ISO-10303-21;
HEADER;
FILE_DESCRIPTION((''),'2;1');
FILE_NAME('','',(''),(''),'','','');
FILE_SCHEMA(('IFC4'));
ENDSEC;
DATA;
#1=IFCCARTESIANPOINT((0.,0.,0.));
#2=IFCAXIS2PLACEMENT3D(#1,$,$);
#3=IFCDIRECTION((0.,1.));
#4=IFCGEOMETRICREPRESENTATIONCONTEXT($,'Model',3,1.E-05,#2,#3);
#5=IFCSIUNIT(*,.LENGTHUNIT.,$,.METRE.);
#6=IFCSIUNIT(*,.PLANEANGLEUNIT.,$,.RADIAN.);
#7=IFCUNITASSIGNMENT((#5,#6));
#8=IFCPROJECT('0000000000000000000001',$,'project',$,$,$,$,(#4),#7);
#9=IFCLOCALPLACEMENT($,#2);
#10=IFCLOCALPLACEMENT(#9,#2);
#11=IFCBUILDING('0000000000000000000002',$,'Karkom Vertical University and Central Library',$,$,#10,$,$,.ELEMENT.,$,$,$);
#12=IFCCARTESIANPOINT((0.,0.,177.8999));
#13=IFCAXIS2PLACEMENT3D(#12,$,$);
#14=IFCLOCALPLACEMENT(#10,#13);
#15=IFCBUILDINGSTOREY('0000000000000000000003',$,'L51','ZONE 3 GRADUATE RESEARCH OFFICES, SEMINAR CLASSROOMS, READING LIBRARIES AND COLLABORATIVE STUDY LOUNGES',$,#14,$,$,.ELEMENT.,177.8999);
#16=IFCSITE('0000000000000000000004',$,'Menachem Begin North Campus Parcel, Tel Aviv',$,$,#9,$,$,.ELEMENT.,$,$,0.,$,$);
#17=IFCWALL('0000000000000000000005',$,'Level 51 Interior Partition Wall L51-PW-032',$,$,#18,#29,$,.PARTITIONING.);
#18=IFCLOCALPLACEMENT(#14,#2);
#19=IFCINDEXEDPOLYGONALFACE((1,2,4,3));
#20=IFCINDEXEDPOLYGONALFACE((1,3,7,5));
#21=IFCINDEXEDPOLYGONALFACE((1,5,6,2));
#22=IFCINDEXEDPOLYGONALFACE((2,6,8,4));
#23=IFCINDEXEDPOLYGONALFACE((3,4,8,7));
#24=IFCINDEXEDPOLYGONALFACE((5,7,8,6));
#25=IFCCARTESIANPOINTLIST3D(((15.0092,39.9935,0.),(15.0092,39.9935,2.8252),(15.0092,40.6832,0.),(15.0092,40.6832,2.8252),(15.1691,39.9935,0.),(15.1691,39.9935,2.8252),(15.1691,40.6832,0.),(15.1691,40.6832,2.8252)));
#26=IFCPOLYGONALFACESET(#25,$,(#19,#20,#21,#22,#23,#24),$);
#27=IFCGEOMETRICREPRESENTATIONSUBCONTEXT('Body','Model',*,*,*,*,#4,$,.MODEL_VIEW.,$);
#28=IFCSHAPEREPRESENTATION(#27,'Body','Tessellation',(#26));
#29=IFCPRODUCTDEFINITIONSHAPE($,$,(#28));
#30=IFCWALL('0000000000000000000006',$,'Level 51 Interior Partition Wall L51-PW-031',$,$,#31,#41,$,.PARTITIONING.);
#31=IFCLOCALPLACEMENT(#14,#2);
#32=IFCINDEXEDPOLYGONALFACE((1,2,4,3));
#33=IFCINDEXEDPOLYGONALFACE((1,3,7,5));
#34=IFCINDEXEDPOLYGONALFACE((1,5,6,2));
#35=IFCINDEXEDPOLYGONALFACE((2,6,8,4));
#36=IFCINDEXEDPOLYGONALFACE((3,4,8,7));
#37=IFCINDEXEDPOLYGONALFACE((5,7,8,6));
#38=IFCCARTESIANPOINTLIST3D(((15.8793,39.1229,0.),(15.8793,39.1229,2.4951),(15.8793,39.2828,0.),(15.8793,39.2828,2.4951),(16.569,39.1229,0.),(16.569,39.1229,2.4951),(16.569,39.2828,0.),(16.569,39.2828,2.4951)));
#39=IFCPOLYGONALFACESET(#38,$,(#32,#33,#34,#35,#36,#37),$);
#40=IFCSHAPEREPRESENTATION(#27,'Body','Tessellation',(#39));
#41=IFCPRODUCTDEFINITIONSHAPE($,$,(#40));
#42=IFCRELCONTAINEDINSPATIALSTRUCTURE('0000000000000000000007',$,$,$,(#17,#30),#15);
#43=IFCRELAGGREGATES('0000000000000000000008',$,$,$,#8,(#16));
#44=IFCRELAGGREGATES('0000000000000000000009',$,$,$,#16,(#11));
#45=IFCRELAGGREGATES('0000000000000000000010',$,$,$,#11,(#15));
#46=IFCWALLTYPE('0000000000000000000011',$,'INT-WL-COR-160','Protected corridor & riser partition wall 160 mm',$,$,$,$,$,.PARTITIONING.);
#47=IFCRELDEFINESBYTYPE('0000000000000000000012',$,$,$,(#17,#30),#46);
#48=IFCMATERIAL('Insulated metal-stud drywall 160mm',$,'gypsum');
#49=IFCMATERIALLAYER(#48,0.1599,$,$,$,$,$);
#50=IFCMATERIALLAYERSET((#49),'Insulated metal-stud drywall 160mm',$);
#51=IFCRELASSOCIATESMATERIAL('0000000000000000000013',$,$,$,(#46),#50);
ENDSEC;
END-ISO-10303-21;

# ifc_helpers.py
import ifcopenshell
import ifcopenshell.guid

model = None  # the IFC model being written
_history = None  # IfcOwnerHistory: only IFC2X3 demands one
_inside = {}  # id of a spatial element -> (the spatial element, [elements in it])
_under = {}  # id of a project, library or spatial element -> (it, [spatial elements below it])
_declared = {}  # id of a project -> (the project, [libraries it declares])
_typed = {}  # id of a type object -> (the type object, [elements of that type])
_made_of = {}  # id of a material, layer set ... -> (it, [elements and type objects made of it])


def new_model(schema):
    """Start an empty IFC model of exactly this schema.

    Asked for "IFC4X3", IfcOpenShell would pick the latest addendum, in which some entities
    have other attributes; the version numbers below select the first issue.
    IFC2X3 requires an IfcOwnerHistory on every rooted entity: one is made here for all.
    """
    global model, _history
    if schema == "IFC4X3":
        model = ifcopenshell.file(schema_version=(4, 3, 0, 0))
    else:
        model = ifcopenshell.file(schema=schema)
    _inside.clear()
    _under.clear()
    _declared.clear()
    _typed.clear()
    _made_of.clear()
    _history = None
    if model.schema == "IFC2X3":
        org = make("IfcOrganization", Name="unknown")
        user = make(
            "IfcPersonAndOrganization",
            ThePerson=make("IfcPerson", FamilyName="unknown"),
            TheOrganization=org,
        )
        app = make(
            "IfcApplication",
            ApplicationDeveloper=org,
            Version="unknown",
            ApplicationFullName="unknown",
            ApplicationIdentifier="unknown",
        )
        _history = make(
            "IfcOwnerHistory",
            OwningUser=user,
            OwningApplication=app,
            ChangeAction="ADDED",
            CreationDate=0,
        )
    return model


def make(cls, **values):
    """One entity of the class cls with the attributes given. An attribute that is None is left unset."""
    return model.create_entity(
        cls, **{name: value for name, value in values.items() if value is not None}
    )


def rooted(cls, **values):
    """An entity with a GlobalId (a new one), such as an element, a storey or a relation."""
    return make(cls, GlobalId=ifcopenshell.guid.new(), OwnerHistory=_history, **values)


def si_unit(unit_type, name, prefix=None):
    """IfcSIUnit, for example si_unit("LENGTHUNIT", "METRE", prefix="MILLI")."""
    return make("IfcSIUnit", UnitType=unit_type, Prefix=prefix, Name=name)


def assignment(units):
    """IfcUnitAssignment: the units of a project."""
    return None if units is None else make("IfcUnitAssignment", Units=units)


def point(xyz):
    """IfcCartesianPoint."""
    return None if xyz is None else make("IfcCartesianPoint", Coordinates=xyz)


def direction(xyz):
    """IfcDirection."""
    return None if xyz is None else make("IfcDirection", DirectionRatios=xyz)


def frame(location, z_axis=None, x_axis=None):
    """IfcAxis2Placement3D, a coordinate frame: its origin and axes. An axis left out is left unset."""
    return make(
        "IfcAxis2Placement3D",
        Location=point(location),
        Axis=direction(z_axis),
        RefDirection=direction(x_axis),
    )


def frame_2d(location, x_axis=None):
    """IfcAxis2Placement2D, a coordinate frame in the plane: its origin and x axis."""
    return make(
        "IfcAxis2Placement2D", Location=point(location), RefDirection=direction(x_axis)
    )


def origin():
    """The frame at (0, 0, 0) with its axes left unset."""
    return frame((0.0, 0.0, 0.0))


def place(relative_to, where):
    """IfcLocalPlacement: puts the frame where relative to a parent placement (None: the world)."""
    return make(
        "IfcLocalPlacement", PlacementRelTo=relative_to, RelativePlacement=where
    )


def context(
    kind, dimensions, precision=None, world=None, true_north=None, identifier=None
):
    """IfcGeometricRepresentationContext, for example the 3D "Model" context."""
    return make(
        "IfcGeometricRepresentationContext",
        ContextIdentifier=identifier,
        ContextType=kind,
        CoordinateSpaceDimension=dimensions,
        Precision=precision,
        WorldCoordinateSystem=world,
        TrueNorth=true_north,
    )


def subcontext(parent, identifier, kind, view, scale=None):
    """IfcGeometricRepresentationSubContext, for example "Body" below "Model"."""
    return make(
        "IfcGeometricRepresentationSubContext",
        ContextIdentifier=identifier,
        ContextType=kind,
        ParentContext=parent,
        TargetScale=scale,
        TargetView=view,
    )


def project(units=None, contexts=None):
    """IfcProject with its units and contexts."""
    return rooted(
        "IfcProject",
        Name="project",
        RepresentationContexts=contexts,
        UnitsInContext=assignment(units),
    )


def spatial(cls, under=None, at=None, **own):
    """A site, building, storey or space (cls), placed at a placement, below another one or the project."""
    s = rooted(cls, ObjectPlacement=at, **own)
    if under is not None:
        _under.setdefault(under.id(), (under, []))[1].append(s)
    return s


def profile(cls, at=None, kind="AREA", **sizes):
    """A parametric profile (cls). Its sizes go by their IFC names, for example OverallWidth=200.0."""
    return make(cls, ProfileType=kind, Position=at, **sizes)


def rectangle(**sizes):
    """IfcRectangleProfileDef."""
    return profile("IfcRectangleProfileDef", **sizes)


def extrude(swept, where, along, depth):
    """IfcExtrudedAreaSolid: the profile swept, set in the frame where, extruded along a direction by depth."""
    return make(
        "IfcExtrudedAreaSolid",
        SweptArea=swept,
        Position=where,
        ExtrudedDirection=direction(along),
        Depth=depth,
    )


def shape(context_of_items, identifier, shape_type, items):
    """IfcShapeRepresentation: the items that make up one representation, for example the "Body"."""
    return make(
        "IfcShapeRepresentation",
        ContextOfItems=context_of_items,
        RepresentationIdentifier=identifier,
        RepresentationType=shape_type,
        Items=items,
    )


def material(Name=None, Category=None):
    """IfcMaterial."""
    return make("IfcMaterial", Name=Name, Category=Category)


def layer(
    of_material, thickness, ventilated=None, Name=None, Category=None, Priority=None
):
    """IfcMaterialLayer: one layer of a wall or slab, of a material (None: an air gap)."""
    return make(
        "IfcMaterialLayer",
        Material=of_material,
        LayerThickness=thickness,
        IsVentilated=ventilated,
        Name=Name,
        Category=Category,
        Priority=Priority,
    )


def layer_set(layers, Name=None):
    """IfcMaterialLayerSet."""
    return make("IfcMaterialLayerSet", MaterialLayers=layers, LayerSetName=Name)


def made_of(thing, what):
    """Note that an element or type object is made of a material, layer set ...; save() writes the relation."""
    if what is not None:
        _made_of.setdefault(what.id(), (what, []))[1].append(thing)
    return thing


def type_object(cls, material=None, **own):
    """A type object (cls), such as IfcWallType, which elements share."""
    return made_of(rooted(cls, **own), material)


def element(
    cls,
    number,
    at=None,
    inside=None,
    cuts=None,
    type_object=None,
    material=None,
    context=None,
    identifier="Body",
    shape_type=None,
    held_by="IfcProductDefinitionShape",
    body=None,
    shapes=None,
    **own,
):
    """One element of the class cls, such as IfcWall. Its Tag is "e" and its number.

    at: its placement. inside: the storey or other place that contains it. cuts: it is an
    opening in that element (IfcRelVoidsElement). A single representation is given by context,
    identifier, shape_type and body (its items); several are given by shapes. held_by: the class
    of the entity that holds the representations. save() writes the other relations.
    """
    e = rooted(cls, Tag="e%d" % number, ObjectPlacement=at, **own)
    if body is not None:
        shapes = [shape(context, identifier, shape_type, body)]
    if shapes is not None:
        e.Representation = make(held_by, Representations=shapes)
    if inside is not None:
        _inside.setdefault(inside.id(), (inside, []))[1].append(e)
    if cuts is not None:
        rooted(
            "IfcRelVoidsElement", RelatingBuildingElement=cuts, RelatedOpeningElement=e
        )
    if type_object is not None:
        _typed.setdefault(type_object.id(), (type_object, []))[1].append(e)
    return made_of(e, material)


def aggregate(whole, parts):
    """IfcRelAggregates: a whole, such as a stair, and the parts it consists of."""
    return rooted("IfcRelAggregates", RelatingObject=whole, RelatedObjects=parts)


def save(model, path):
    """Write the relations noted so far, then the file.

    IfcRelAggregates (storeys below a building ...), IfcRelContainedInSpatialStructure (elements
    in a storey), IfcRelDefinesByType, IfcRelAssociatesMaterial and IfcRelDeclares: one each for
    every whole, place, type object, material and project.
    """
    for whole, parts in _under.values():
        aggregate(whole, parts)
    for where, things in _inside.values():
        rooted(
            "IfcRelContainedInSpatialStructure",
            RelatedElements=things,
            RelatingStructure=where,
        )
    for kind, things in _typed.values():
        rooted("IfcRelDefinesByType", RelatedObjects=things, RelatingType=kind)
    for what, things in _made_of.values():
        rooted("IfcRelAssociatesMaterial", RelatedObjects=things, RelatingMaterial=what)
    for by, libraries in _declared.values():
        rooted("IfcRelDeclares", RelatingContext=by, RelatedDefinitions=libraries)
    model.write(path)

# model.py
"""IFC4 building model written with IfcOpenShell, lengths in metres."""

from ifc_helpers import new_model, si_unit, direction, frame, frame_2d, origin, place, context, subcontext, project, spatial, rectangle, extrude, material, layer, layer_set, type_object, element, save


model = new_model("IFC4")

# Units and contexts
model_context = context("Model", 3, precision=1e-05, world=origin(), true_north=direction((0.0, 1.0)))
body_context = subcontext(model_context, "Body", "Model", "MODEL_VIEW")
ifc_project = project(units=[si_unit("LENGTHUNIT", "METRE"), si_unit("PLANEANGLEUNIT", "RADIAN")], contexts=[model_context])

# Site, building, storey
site_placement = place(None, origin())
site = spatial("IfcSite", under=ifc_project, at=site_placement, Name="Menachem Begin North Campus Parcel, Tel Aviv", CompositionType="ELEMENT", RefElevation=0.0)
building_placement = place(site_placement, origin())
building = spatial("IfcBuilding", under=site, at=building_placement, Name="Karkom Vertical University and Central Library", CompositionType="ELEMENT")
storey_placement = place(building_placement, frame((0.0, 0.0, 177.8999)))
storey = spatial("IfcBuildingStorey", under=building, at=storey_placement, Name="L51", Description="ZONE 3 GRADUATE RESEARCH OFFICES, SEMINAR CLASSROOMS, READING LIBRARIES AND COLLABORATIVE STUDY LOUNGES", CompositionType="ELEMENT", Elevation=177.8999)

# Shared definitions
ifc_material_1 = material(Name="Insulated metal-stud drywall 160mm", Category="gypsum")
ifc_layer_1 = layer(ifc_material_1, 0.1599)
ifc_layer_set_1 = layer_set([ifc_layer_1], Name="Insulated metal-stud drywall 160mm")
wall_type_1 = type_object("IfcWallType", Name="INT-WL-COR-160", Description="Protected corridor & riser partition wall 160 mm", PredefinedType="PARTITIONING", material=ifc_layer_set_1)

# Walls
wall_1_placement = place(storey_placement, frame((15.0891, 40.6831, 0.0), z_axis=(0.0, 0.0, 1.0), x_axis=(0.0, -1.0, 0.0)))
element("IfcWall", 1, at=wall_1_placement, inside=storey, type_object=wall_type_1, Name="Level 51 Interior Partition Wall L51-PW-032", PredefinedType="PARTITIONING", context=body_context, shape_type="SweptSolid", body=[
    extrude(rectangle(XDim=0.6897, YDim=0.1599, at=frame_2d((0.3447, 0.0))), origin(), (0.0, 0.0, 1.0), 2.8252),
])
wall_2_placement = place(storey_placement, frame((15.8794, 39.2029, 0.0), z_axis=(0.0, 0.0, 1.0), x_axis=(1.0, 0.0, 0.0)))
element("IfcWall", 2, at=wall_2_placement, inside=storey, type_object=wall_type_1, Name="Level 51 Interior Partition Wall L51-PW-031", PredefinedType="PARTITIONING", context=body_context, shape_type="SweptSolid", body=[
    extrude(rectangle(XDim=0.6897, YDim=0.1599, at=frame_2d((0.3447, 0.0))), origin(), (0.0, 0.0, 1.0), 2.4951),
])

save(model, "model.ifc")
